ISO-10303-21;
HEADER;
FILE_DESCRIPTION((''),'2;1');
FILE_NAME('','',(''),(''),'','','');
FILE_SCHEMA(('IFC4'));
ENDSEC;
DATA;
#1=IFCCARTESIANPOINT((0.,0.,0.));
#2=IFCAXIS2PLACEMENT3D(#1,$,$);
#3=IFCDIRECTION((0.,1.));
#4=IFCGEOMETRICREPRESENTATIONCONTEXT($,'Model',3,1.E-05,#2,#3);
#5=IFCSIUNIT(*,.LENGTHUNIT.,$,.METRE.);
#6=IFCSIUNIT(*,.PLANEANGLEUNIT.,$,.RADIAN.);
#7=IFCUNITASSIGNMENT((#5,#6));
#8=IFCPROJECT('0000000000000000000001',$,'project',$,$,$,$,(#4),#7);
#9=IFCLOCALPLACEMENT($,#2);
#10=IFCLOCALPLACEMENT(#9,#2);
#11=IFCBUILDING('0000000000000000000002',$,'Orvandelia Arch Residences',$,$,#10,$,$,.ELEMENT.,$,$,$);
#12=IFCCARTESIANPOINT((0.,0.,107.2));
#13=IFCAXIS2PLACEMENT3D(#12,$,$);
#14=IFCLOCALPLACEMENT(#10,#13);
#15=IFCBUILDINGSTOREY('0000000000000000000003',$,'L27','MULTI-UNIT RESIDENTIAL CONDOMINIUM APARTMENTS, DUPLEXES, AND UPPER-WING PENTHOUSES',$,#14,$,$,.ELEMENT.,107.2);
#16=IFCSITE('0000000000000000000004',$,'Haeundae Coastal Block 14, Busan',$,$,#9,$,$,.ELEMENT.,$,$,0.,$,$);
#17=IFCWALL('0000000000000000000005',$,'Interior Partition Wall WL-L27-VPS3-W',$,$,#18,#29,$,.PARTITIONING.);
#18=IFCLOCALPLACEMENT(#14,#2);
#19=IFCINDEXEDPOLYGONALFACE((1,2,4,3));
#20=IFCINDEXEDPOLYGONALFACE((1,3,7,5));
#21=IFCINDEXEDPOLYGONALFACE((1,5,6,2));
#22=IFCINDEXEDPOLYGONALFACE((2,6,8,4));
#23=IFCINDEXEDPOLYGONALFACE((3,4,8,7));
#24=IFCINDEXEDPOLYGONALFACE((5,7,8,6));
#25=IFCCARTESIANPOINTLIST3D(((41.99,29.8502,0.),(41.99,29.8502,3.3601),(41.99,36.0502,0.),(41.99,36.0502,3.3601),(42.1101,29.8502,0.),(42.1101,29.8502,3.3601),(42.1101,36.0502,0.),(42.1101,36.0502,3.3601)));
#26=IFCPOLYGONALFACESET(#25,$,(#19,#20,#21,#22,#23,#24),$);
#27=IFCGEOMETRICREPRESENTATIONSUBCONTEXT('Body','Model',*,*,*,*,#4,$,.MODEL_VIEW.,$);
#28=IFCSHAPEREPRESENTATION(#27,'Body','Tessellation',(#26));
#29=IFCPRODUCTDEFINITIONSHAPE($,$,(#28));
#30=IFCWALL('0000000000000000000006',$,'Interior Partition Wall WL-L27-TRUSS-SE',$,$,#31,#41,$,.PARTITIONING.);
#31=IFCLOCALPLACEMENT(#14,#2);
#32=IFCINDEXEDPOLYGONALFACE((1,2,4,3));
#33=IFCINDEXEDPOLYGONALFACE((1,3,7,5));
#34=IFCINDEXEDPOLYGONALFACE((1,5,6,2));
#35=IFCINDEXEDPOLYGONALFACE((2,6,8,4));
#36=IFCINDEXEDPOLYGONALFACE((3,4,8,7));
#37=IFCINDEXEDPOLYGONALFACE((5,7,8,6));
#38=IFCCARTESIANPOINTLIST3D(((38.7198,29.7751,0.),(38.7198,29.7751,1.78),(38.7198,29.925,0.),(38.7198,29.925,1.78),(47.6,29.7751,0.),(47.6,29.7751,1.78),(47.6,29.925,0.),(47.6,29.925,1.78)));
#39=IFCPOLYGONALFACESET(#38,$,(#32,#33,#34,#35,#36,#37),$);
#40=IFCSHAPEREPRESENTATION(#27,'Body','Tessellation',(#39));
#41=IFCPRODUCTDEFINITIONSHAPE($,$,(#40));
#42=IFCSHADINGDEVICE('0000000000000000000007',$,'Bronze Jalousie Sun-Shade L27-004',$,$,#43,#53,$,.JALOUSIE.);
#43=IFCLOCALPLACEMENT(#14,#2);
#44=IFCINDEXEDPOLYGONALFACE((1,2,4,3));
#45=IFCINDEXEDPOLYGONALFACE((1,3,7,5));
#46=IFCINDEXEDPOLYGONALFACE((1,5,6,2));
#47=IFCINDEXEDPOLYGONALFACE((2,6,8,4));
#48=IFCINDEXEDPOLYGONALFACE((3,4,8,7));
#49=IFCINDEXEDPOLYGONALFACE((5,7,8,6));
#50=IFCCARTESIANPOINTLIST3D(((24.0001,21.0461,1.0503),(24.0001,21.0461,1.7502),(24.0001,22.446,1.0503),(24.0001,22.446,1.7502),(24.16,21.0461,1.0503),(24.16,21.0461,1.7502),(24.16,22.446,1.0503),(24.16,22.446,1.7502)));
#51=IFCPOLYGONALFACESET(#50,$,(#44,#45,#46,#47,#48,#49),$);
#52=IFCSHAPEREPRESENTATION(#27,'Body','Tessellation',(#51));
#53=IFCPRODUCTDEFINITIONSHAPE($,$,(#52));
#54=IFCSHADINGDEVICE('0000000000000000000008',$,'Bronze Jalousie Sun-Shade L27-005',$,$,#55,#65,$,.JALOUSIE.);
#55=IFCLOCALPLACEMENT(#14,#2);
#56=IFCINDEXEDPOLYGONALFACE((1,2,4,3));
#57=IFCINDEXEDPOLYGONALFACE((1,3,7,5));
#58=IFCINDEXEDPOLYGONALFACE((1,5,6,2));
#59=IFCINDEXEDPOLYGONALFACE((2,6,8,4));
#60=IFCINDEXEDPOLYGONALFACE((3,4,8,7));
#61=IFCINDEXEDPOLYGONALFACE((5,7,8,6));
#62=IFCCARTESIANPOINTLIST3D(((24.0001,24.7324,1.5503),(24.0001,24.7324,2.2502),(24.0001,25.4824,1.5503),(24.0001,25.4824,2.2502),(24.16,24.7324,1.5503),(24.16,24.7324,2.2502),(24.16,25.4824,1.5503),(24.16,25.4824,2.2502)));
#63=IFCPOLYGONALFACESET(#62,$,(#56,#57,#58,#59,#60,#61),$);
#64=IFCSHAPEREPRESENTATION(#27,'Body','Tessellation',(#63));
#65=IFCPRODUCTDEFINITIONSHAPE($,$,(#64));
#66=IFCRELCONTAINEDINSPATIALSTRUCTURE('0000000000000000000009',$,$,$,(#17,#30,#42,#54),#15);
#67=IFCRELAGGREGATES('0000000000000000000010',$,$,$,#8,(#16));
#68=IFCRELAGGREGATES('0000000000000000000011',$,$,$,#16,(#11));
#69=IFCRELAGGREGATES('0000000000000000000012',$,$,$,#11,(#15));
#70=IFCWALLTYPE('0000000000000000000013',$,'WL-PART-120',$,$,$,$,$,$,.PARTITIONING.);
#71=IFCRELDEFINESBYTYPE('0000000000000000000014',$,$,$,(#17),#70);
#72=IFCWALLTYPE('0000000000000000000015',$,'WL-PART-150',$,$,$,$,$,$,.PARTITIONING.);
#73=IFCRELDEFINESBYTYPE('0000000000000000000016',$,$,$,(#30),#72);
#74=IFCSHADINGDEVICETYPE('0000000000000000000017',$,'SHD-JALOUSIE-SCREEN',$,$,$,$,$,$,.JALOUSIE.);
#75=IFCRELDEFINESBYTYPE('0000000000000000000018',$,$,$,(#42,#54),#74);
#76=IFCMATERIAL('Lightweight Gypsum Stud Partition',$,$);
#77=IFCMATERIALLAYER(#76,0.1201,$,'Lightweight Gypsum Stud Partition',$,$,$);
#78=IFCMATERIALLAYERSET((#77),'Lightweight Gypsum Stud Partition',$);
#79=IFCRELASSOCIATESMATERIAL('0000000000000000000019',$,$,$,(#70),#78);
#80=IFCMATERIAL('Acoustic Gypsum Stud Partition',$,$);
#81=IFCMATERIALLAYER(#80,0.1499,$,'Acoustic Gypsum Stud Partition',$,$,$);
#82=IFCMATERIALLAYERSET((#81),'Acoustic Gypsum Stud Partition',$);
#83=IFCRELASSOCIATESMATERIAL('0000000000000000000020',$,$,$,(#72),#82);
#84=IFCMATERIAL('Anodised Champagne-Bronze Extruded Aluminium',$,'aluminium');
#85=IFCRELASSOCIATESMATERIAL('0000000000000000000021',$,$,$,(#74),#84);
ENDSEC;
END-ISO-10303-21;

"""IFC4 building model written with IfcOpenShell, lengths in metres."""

from ifc_helpers import new_model, si_unit, direction, frame, frame_2d, origin, origin_2d, place, context, subcontext, project, spatial, rectangle, extrude, material, layer, layer_set, type_object, element, save


model = new_model("IFC4")

# Units and contexts
model_context = context("Model", 3, precision=1e-05, world=origin(), true_north=direction((0.0, 1.0)))
body_context = subcontext(model_context, "Body", "Model", "MODEL_VIEW")
ifc_project = project(units=[si_unit("LENGTHUNIT", "METRE"), si_unit("PLANEANGLEUNIT", "RADIAN")], contexts=[model_context])

# Site, building, storey
site_placement = place(None, origin())
site = spatial("IfcSite", under=ifc_project, at=site_placement, Name="Haeundae Coastal Block 14, Busan", CompositionType="ELEMENT", RefElevation=0.0)
building_placement = place(site_placement, origin())
building = spatial("IfcBuilding", under=site, at=building_placement, Name="Orvandelia Arch Residences", CompositionType="ELEMENT")
storey_placement = place(building_placement, frame((0.0, 0.0, 107.2)))
storey = spatial("IfcBuildingStorey", under=building, at=storey_placement, Name="L27", Description="MULTI-UNIT RESIDENTIAL CONDOMINIUM APARTMENTS, DUPLEXES, AND UPPER-WING PENTHOUSES", CompositionType="ELEMENT", Elevation=107.2)

# Walls
ifc_material_1 = material(Name="Lightweight Gypsum Stud Partition")
ifc_layer_1 = layer(ifc_material_1, 0.1201, Name="Lightweight Gypsum Stud Partition")
ifc_layer_set_1 = layer_set([ifc_layer_1], Name="Lightweight Gypsum Stud Partition")
wall_type_1 = type_object("IfcWallType", Name="WL-PART-120", PredefinedType="PARTITIONING", material=ifc_layer_set_1)
wall_1_placement = place(storey_placement, frame((42.05, 29.8501, 0.0), z_axis=(0.0, 0.0, 1.0), x_axis=(0.0, 1.0, 0.0)))
element("IfcWall", 1, at=wall_1_placement, inside=storey, type_object=wall_type_1, Name="Interior Partition Wall WL-L27-VPS3-W", PredefinedType="PARTITIONING", context=body_context, shape_type="SweptSolid", body=[
    extrude(rectangle(XDim=6.2, YDim=0.1201, at=frame_2d((3.1001, 0.0))), origin(), (0.0, 0.0, 1.0), 3.3601),
])
ifc_material_2 = material(Name="Acoustic Gypsum Stud Partition")
ifc_layer_2 = layer(ifc_material_2, 0.1499, Name="Acoustic Gypsum Stud Partition")
ifc_layer_set_2 = layer_set([ifc_layer_2], Name="Acoustic Gypsum Stud Partition")
wall_type_2 = type_object("IfcWallType", Name="WL-PART-150", PredefinedType="PARTITIONING", material=ifc_layer_set_2)
wall_2_placement = place(storey_placement, frame((38.72, 29.8501, 0.0), z_axis=(0.0, 0.0, 1.0), x_axis=(1.0, 0.0, 0.0)))
element("IfcWall", 2, at=wall_2_placement, inside=storey, type_object=wall_type_2, Name="Interior Partition Wall WL-L27-TRUSS-SE", PredefinedType="PARTITIONING", context=body_context, shape_type="SweptSolid", body=[
    extrude(rectangle(XDim=8.8801, YDim=0.1499, at=frame_2d((4.4399, 0.0))), origin(), (0.0, 0.0, 1.0), 1.78),
])

# Shading devices
ifc_material_3 = material(Name="Anodised Champagne-Bronze Extruded Aluminium", Category="aluminium")
shading_device_type = type_object("IfcShadingDeviceType", Name="SHD-JALOUSIE-SCREEN", PredefinedType="JALOUSIE", material=ifc_material_3)
shading_device_1_placement = place(storey_placement, frame((24.0801, 21.7461, 1.0503), z_axis=(0.0, 0.0, 1.0), x_axis=(0.0, -1.0, 0.0)))
element("IfcShadingDevice", 3, at=shading_device_1_placement, inside=storey, type_object=shading_device_type, Name="Bronze Jalousie Sun-Shade L27-004", PredefinedType="JALOUSIE", context=body_context, shape_type="SweptSolid", body=[
    extrude(rectangle(XDim=1.3999, YDim=0.1599, at=origin_2d()), origin(), (0.0, 0.0, 1.0), 0.7),
])
shading_device_2_placement = place(storey_placement, frame((24.0801, 25.1074, 1.5503), z_axis=(0.0, 0.0, 1.0), x_axis=(0.0, -1.0, 0.0)))
element("IfcShadingDevice", 4, at=shading_device_2_placement, inside=storey, type_object=shading_device_type, Name="Bronze Jalousie Sun-Shade L27-005", PredefinedType="JALOUSIE", context=body_context, shape_type="SweptSolid", body=[
    extrude(rectangle(XDim=0.75, YDim=0.1599, at=origin_2d()), origin(), (0.0, 0.0, 1.0), 0.7),
])

save(model, "model.ifc")
